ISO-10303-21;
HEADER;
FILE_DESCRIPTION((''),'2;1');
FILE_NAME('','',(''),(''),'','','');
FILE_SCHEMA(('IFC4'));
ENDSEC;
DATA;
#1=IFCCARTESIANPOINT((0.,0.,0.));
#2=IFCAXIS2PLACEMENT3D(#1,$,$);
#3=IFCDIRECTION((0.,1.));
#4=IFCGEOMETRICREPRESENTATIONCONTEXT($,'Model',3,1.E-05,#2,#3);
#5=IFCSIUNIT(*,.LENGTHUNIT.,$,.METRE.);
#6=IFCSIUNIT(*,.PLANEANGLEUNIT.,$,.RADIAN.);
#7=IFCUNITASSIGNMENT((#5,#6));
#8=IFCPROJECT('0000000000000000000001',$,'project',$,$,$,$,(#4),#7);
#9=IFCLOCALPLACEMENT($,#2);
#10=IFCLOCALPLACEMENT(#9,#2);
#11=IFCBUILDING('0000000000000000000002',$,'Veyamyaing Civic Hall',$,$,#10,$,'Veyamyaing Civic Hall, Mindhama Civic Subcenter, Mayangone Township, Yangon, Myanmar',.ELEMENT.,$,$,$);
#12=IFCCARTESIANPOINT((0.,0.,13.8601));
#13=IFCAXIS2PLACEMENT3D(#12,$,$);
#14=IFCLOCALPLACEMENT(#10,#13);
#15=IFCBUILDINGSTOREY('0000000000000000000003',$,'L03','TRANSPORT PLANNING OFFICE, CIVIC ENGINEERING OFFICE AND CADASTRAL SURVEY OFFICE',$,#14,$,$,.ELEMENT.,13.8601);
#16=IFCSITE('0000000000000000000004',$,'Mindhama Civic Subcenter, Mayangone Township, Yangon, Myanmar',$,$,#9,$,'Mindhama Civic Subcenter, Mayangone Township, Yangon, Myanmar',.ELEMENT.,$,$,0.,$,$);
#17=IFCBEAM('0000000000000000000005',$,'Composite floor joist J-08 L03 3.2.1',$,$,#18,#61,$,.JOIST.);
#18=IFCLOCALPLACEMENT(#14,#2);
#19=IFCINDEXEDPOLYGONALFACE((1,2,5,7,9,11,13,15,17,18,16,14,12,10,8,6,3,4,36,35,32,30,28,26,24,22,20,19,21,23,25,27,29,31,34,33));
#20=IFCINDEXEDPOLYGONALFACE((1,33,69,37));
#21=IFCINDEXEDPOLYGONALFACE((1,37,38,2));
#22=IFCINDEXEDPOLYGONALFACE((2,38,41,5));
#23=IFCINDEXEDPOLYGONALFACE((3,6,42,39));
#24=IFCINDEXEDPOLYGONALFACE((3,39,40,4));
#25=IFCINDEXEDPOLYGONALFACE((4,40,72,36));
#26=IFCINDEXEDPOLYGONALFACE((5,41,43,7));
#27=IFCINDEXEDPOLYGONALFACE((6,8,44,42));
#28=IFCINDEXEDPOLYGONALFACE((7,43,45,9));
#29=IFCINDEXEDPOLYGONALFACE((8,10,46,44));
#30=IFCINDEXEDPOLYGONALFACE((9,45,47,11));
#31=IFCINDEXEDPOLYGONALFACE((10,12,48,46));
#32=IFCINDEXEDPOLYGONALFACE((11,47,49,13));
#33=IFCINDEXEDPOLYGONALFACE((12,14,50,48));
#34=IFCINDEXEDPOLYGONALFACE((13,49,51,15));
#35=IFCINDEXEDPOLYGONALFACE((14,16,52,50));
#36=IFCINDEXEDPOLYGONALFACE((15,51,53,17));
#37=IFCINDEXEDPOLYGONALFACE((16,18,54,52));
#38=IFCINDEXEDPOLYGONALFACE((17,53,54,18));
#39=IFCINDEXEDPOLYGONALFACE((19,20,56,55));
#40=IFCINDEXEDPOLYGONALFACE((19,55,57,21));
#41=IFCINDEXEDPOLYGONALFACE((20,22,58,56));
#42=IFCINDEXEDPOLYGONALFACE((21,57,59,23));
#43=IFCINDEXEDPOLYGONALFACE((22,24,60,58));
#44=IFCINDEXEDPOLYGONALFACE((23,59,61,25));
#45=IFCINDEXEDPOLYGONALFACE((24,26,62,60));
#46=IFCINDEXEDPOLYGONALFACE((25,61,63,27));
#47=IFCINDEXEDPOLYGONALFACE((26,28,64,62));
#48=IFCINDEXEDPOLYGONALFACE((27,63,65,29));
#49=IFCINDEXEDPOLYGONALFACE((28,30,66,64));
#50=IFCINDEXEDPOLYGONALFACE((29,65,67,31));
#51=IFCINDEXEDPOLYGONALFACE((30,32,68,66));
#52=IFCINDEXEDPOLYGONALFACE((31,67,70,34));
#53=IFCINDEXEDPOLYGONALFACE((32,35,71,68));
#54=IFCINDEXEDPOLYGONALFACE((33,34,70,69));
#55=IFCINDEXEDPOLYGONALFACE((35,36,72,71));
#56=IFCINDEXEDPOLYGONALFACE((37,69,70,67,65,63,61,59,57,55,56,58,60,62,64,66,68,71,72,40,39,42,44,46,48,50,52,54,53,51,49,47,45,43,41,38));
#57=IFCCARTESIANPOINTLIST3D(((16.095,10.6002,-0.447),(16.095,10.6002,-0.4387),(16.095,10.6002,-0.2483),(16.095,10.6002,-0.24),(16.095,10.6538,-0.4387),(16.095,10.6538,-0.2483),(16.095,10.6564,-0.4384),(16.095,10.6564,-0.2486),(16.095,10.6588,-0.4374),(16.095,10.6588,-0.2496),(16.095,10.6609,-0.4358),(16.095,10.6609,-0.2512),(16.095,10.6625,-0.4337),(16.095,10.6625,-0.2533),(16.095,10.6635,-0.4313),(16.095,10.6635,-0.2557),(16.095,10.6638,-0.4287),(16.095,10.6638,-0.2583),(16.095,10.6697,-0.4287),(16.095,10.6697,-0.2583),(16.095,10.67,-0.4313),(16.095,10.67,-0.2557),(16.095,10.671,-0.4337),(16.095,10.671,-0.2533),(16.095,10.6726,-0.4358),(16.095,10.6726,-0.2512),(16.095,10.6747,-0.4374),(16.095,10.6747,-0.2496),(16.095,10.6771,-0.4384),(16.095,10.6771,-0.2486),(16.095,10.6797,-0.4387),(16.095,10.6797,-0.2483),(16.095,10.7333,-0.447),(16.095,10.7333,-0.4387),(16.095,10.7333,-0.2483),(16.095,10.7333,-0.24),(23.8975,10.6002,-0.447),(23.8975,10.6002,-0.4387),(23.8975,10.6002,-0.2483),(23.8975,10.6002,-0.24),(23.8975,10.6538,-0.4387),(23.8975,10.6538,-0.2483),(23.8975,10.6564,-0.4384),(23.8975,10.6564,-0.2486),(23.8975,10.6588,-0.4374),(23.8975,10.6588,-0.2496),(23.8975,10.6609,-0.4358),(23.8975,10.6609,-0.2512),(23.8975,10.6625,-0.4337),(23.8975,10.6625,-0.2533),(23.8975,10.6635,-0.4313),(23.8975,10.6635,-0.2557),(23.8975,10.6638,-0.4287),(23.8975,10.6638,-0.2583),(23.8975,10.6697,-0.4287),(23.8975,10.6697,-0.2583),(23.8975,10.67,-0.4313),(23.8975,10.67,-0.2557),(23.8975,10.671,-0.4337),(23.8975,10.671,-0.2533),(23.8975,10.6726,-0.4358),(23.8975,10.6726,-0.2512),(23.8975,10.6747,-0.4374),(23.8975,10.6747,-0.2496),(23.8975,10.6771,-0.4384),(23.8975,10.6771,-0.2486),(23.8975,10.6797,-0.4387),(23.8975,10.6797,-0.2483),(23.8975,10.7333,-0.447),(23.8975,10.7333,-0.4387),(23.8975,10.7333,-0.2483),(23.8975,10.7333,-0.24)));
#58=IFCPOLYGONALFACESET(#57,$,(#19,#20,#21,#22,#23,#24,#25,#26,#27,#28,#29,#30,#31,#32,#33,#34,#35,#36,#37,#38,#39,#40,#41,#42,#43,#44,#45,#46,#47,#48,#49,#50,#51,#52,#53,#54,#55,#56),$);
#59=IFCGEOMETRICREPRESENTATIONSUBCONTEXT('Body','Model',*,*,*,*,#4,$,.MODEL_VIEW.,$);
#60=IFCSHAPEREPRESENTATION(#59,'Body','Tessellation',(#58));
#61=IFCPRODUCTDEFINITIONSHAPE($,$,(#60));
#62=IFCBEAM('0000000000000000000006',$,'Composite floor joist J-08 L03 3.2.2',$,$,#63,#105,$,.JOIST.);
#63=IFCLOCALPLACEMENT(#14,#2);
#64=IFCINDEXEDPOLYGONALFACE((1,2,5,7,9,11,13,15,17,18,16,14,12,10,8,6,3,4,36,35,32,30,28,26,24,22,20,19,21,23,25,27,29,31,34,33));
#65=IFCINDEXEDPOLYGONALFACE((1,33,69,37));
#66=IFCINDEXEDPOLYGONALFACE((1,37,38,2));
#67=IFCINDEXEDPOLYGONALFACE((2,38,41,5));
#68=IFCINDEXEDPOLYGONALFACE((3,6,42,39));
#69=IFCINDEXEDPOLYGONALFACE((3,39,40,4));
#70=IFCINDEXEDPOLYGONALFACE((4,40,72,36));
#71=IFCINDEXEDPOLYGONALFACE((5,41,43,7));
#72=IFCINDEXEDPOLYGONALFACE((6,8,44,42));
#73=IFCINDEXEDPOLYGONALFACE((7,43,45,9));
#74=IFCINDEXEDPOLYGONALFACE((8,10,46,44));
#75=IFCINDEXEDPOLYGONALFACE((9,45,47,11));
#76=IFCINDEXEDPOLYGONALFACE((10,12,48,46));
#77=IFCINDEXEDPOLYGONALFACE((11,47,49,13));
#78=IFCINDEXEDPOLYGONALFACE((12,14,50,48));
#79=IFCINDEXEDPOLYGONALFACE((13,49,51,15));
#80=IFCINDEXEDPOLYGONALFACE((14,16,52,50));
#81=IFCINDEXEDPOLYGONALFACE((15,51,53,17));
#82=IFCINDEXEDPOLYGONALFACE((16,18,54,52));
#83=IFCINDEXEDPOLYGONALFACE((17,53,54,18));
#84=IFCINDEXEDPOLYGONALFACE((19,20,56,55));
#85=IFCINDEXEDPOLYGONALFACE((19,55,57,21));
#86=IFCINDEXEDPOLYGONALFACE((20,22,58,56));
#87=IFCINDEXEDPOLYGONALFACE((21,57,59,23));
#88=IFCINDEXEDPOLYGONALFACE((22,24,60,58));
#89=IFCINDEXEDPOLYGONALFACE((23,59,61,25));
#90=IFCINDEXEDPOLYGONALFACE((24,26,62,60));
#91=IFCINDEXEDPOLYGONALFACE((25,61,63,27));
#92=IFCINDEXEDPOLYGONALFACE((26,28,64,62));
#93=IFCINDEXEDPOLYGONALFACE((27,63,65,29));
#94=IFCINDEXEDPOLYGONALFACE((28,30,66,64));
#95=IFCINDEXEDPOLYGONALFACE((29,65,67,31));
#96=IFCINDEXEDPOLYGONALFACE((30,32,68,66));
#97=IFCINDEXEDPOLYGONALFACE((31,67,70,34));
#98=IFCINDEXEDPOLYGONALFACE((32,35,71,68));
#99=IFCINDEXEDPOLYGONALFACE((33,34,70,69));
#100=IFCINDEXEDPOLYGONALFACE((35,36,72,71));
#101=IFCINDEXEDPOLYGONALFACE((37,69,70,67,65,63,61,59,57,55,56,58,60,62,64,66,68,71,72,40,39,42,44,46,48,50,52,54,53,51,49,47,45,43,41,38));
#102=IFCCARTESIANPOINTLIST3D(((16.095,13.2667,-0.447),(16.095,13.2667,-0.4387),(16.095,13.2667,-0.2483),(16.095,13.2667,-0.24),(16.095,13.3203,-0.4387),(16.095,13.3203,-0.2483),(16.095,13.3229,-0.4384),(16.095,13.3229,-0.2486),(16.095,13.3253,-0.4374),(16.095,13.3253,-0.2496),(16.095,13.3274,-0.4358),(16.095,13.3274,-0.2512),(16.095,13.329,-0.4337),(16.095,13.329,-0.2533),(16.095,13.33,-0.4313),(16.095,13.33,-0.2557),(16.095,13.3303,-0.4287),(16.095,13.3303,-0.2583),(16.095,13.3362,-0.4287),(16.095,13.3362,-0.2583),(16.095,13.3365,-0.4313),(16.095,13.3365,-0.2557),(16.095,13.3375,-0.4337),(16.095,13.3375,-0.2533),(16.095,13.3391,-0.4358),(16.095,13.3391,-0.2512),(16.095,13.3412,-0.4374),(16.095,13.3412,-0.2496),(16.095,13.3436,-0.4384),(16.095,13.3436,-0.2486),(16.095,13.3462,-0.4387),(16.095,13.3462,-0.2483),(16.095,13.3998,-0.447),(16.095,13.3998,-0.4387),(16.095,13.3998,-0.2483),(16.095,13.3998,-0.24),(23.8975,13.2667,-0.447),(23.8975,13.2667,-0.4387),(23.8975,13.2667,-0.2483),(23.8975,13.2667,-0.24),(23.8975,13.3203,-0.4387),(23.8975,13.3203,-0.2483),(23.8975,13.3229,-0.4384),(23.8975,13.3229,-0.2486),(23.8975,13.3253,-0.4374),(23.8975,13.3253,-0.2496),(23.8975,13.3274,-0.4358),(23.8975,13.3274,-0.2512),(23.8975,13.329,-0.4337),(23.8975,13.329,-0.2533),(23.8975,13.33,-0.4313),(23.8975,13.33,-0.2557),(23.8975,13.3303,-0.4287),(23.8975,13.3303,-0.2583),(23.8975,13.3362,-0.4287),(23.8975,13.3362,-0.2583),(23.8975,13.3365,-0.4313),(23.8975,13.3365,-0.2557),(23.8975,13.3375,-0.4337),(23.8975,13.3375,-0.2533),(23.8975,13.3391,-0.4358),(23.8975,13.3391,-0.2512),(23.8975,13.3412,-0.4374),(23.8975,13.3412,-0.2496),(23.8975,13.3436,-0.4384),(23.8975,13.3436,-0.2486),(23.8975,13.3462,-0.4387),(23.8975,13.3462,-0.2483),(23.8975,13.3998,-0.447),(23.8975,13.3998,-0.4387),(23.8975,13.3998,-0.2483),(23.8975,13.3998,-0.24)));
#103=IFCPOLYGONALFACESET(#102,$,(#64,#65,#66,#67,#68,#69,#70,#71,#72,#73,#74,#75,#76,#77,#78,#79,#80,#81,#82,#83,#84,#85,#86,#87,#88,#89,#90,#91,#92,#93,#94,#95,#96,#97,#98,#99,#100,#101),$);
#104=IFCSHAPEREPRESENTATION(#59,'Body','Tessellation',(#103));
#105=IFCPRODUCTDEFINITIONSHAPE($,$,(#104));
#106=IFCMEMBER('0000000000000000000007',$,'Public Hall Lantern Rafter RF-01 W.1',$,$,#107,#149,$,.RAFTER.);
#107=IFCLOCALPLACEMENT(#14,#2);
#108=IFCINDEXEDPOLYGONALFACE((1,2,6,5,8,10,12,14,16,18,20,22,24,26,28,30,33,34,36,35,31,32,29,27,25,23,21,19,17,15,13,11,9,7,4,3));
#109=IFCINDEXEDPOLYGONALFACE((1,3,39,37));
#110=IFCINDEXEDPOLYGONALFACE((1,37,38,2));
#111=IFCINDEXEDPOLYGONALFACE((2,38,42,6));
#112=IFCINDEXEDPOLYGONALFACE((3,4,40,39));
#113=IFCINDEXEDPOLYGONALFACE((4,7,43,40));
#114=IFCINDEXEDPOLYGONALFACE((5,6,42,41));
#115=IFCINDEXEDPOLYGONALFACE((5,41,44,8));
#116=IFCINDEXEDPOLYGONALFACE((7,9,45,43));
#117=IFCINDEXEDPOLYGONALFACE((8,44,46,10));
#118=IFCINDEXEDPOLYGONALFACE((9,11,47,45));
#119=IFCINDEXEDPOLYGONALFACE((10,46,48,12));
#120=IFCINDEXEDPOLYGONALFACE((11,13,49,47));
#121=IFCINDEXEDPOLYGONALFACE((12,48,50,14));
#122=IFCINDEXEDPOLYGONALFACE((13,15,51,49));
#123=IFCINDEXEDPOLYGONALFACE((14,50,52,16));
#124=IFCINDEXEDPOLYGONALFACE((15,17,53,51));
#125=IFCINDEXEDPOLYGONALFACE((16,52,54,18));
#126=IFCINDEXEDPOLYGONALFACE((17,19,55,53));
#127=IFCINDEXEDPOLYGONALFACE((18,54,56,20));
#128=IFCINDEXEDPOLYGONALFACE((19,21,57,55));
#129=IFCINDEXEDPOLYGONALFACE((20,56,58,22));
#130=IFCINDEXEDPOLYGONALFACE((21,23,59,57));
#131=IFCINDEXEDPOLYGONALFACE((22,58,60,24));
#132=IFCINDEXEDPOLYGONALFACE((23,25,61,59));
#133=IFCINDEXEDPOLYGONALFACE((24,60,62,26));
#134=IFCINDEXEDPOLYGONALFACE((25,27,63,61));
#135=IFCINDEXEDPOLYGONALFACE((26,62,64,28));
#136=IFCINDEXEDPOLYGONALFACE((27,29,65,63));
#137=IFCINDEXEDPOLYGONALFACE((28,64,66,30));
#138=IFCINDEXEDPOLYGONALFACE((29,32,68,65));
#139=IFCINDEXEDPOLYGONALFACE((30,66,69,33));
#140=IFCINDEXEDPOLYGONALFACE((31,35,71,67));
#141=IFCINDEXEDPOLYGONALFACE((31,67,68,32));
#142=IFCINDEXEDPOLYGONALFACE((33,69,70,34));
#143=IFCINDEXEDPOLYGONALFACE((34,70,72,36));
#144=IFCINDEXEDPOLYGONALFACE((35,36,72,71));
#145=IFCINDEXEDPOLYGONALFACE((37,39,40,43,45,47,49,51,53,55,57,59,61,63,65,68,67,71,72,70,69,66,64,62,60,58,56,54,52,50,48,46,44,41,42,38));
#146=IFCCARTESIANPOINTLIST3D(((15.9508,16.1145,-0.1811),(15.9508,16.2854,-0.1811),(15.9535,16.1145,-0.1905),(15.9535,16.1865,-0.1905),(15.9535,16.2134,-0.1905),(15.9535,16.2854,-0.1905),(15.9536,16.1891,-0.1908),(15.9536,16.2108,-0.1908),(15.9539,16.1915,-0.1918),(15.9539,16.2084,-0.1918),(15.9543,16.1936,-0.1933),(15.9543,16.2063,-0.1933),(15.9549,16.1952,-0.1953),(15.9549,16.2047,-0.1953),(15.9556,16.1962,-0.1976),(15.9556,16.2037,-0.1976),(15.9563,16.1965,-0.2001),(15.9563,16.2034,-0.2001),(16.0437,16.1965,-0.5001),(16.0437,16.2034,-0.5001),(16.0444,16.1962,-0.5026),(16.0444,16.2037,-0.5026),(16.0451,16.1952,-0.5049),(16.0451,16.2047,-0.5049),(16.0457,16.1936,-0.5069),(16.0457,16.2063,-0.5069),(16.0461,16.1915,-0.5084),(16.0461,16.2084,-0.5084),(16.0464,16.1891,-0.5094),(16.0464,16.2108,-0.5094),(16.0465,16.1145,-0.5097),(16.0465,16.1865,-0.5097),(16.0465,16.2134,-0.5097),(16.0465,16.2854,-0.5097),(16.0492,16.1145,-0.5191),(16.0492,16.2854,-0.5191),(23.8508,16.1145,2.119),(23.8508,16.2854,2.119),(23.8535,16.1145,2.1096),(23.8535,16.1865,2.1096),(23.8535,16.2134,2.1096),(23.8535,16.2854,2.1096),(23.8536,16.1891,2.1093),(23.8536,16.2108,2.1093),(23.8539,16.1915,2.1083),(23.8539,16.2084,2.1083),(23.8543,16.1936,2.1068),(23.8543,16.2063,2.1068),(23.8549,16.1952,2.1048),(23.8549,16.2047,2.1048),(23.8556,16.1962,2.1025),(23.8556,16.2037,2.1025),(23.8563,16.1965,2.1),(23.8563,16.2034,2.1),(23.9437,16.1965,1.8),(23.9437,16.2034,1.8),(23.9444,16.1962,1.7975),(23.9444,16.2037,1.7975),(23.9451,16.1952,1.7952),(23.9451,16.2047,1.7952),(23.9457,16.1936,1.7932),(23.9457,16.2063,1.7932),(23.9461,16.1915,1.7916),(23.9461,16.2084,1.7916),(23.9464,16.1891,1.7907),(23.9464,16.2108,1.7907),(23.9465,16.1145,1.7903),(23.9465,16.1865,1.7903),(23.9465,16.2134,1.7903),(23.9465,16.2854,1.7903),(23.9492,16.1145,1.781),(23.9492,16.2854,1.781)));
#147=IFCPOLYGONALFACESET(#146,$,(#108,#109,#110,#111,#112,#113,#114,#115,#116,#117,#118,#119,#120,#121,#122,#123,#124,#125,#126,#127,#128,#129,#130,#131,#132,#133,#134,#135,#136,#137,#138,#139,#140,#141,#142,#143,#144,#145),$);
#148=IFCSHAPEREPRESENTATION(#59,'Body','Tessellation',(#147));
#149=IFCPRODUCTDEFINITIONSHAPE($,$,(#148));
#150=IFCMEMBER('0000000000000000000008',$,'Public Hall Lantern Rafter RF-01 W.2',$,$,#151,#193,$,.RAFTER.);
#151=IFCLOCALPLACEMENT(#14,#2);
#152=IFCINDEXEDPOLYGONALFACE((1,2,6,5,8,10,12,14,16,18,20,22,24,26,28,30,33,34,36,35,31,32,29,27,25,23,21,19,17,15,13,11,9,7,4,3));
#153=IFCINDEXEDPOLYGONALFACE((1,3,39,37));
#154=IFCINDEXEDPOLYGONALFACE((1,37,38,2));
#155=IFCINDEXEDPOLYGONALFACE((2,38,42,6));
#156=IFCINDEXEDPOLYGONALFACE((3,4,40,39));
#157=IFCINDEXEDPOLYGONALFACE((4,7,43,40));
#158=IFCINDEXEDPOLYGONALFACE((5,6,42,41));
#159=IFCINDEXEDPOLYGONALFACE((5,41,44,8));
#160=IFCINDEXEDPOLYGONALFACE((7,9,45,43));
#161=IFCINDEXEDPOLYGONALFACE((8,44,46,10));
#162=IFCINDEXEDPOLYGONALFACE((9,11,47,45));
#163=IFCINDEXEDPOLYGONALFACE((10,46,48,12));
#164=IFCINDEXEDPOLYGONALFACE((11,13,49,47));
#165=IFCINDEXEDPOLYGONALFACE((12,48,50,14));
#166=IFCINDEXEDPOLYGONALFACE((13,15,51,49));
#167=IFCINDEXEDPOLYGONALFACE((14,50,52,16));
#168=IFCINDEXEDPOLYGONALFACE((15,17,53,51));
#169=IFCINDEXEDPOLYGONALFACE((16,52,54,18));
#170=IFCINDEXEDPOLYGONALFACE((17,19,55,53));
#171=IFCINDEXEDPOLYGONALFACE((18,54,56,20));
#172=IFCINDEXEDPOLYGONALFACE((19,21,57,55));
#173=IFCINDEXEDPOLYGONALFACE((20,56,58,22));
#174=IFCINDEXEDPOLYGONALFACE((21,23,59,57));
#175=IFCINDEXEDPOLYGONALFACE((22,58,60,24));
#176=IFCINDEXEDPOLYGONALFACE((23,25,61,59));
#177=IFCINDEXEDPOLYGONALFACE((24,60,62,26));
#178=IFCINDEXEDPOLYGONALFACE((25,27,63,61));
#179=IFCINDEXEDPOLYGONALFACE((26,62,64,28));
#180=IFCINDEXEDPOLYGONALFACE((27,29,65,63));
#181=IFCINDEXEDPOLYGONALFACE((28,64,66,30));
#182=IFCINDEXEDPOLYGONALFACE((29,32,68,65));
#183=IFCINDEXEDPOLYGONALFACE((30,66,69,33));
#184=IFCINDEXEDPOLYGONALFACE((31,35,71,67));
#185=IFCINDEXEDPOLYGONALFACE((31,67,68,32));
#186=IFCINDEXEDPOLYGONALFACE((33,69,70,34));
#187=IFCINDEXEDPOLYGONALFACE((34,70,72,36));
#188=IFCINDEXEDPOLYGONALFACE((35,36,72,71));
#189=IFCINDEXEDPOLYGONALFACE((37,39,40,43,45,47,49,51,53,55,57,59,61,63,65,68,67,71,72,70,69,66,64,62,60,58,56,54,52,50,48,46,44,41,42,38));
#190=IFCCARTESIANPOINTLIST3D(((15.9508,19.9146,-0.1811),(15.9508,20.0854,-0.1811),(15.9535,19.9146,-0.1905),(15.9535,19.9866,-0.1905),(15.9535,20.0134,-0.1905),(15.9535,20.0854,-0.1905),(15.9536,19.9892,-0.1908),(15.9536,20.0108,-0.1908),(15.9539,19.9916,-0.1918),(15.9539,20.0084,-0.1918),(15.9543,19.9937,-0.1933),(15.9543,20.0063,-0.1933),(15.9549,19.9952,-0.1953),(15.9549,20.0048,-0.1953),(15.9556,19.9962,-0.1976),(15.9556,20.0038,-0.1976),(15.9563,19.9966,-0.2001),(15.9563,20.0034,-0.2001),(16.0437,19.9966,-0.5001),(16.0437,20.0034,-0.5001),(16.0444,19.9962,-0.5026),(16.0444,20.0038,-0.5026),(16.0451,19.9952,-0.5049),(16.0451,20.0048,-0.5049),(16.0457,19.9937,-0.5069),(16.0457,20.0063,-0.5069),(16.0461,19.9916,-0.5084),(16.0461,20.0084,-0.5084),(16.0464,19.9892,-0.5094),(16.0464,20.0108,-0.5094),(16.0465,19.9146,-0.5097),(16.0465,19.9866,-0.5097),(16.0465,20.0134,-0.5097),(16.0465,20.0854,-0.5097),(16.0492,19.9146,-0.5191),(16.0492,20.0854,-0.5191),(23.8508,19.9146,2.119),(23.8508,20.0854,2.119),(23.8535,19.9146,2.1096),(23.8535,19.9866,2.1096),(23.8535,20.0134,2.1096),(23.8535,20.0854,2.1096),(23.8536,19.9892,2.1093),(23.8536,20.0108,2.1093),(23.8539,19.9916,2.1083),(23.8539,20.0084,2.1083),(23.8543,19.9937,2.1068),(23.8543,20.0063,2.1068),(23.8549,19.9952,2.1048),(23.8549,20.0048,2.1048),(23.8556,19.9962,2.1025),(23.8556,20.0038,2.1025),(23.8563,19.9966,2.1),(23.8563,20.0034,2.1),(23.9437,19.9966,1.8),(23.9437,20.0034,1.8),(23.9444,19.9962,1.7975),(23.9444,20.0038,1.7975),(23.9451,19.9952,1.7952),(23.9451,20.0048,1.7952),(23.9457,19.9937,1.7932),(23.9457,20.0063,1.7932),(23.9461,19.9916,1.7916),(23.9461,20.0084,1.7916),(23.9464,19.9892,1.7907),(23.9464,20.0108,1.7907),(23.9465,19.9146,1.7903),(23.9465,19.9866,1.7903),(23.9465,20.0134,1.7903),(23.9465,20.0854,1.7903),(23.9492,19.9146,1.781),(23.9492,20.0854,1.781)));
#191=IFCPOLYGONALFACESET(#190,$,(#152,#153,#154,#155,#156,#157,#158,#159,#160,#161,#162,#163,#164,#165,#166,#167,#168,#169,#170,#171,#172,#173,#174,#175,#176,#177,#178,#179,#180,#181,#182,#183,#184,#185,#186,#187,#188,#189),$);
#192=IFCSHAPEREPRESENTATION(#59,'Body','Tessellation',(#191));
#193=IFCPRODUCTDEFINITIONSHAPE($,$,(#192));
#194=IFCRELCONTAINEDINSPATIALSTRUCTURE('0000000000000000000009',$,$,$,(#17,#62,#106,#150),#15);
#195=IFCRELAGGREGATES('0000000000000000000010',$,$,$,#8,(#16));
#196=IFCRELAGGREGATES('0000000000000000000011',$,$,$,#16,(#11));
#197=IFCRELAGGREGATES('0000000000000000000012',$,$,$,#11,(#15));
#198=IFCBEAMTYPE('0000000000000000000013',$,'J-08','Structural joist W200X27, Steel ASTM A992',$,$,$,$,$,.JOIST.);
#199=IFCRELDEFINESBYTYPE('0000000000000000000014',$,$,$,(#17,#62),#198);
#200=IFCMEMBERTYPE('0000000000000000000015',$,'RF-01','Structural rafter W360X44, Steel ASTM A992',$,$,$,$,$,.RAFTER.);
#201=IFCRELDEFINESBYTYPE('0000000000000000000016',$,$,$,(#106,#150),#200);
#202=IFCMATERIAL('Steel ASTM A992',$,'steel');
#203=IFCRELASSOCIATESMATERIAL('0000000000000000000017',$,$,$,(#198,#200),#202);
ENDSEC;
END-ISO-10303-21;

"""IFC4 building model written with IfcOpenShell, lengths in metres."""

from ifc_helpers import new_model, si_unit, direction, frame, origin, origin_2d, place, context, subcontext, project, spatial, i_section, extrude, material, material_profile, profile_set, type_object, element, save


model = new_model("IFC4")

# Units and contexts
model_context = context("Model", 3, precision=1e-05, world=origin(), true_north=direction((0.0, 1.0)))
body_context = subcontext(model_context, "Body", "Model", "MODEL_VIEW")
ifc_project = project(units=[si_unit("LENGTHUNIT", "METRE"), si_unit("PLANEANGLEUNIT", "RADIAN")], contexts=[model_context])

# Site, building, storey
site_placement = place(None, origin())
site = spatial("IfcSite", under=ifc_project, at=site_placement, Name="Mindhama Civic Subcenter, Mayangone Township, Yangon, Myanmar", LongName="Mindhama Civic Subcenter, Mayangone Township, Yangon, Myanmar", CompositionType="ELEMENT", RefElevation=0.0)
building_placement = place(site_placement, origin())
building = spatial("IfcBuilding", under=site, at=building_placement, Name="Veyamyaing Civic Hall", LongName="Veyamyaing Civic Hall, Mindhama Civic Subcenter, Mayangone Township, Yangon, Myanmar", CompositionType="ELEMENT")
storey_placement = place(building_placement, frame((0.0, 0.0, 13.8601)))
storey = spatial("IfcBuildingStorey", under=building, at=storey_placement, Name="L03", Description="TRANSPORT PLANNING OFFICE, CIVIC ENGINEERING OFFICE AND CADASTRAL SURVEY OFFICE", CompositionType="ELEMENT", Elevation=13.8601)

# Beams
ifc_material_1 = material(Name="Steel ASTM A992", Category="steel")
ifc_material_profile_1 = material_profile(ifc_material_1, i_section(OverallWidth=0.1331, OverallDepth=0.207, WebThickness=0.0059, FlangeThickness=0.0083, FilletRadius=0.01, at=origin_2d()), Name="W200X27")
ifc_profile_set_1 = profile_set([ifc_material_profile_1], Name="Steel ASTM A992")
beam_type_1 = type_object("IfcBeamType", Name="J-08", Description="Structural joist W200X27, Steel ASTM A992", PredefinedType="JOIST", material=ifc_profile_set_1)
for number, where, z_axis, x_axis, name in (
    (1, (16.095, 10.6667, -0.3435), (1.0, 0.0, 0.0), (0.0, 1.0, 0.0), "Composite floor joist J-08 L03 3.2.1"),
    (2, (16.095, 13.3333, -0.3435), (1.0, 0.0, 0.0), (0.0, 1.0, 0.0), "Composite floor joist J-08 L03 3.2.2"),
):
    element("IfcBeam", number, at=place(storey_placement, frame(where, z_axis=z_axis, x_axis=x_axis)), inside=storey, type_object=beam_type_1, Name=name, PredefinedType="JOIST", context=body_context, shape_type="SweptSolid", body=[
        extrude(i_section(OverallWidth=0.1331, OverallDepth=0.207, WebThickness=0.0059, FlangeThickness=0.0083, FilletRadius=0.01, at=origin_2d()), origin(), (0.0, 0.0, 1.0), 7.8025),
    ])

# Members
ifc_material_profile_2 = material_profile(ifc_material_1, i_section(OverallWidth=0.1709, OverallDepth=0.3521, WebThickness=0.0068, FlangeThickness=0.0098, FilletRadius=0.01, at=origin_2d()), Name="W360X44")
ifc_profile_set_2 = profile_set([ifc_material_profile_2], Name="Steel ASTM A992")
member_type = type_object("IfcMemberType", Name="RF-01", Description="Structural rafter W360X44, Steel ASTM A992", PredefinedType="RAFTER", material=ifc_profile_set_2)
for number, where, z_axis, x_axis, name in (
    (3, (16.0, 16.2, -0.3501), (0.960133, 0.0, 0.279542), (0.0, 1.0, 0.0), "Public Hall Lantern Rafter RF-01 W.1"),
    (4, (16.0, 20.0, -0.3501), (0.960133, 0.0, 0.279542), (0.0, 1.0, 0.0), "Public Hall Lantern Rafter RF-01 W.2"),
):
    element("IfcMember", number, at=place(storey_placement, frame(where, z_axis=z_axis, x_axis=x_axis)), inside=storey, type_object=member_type, Name=name, PredefinedType="RAFTER", context=body_context, shape_type="SweptSolid", body=[
        extrude(i_section(OverallWidth=0.1709, OverallDepth=0.3521, WebThickness=0.0068, FlangeThickness=0.0098, FilletRadius=0.01, at=origin_2d()), origin(), (0.0, 0.0, 1.0), 8.228),
    ])

save(model, "model.ifc")
